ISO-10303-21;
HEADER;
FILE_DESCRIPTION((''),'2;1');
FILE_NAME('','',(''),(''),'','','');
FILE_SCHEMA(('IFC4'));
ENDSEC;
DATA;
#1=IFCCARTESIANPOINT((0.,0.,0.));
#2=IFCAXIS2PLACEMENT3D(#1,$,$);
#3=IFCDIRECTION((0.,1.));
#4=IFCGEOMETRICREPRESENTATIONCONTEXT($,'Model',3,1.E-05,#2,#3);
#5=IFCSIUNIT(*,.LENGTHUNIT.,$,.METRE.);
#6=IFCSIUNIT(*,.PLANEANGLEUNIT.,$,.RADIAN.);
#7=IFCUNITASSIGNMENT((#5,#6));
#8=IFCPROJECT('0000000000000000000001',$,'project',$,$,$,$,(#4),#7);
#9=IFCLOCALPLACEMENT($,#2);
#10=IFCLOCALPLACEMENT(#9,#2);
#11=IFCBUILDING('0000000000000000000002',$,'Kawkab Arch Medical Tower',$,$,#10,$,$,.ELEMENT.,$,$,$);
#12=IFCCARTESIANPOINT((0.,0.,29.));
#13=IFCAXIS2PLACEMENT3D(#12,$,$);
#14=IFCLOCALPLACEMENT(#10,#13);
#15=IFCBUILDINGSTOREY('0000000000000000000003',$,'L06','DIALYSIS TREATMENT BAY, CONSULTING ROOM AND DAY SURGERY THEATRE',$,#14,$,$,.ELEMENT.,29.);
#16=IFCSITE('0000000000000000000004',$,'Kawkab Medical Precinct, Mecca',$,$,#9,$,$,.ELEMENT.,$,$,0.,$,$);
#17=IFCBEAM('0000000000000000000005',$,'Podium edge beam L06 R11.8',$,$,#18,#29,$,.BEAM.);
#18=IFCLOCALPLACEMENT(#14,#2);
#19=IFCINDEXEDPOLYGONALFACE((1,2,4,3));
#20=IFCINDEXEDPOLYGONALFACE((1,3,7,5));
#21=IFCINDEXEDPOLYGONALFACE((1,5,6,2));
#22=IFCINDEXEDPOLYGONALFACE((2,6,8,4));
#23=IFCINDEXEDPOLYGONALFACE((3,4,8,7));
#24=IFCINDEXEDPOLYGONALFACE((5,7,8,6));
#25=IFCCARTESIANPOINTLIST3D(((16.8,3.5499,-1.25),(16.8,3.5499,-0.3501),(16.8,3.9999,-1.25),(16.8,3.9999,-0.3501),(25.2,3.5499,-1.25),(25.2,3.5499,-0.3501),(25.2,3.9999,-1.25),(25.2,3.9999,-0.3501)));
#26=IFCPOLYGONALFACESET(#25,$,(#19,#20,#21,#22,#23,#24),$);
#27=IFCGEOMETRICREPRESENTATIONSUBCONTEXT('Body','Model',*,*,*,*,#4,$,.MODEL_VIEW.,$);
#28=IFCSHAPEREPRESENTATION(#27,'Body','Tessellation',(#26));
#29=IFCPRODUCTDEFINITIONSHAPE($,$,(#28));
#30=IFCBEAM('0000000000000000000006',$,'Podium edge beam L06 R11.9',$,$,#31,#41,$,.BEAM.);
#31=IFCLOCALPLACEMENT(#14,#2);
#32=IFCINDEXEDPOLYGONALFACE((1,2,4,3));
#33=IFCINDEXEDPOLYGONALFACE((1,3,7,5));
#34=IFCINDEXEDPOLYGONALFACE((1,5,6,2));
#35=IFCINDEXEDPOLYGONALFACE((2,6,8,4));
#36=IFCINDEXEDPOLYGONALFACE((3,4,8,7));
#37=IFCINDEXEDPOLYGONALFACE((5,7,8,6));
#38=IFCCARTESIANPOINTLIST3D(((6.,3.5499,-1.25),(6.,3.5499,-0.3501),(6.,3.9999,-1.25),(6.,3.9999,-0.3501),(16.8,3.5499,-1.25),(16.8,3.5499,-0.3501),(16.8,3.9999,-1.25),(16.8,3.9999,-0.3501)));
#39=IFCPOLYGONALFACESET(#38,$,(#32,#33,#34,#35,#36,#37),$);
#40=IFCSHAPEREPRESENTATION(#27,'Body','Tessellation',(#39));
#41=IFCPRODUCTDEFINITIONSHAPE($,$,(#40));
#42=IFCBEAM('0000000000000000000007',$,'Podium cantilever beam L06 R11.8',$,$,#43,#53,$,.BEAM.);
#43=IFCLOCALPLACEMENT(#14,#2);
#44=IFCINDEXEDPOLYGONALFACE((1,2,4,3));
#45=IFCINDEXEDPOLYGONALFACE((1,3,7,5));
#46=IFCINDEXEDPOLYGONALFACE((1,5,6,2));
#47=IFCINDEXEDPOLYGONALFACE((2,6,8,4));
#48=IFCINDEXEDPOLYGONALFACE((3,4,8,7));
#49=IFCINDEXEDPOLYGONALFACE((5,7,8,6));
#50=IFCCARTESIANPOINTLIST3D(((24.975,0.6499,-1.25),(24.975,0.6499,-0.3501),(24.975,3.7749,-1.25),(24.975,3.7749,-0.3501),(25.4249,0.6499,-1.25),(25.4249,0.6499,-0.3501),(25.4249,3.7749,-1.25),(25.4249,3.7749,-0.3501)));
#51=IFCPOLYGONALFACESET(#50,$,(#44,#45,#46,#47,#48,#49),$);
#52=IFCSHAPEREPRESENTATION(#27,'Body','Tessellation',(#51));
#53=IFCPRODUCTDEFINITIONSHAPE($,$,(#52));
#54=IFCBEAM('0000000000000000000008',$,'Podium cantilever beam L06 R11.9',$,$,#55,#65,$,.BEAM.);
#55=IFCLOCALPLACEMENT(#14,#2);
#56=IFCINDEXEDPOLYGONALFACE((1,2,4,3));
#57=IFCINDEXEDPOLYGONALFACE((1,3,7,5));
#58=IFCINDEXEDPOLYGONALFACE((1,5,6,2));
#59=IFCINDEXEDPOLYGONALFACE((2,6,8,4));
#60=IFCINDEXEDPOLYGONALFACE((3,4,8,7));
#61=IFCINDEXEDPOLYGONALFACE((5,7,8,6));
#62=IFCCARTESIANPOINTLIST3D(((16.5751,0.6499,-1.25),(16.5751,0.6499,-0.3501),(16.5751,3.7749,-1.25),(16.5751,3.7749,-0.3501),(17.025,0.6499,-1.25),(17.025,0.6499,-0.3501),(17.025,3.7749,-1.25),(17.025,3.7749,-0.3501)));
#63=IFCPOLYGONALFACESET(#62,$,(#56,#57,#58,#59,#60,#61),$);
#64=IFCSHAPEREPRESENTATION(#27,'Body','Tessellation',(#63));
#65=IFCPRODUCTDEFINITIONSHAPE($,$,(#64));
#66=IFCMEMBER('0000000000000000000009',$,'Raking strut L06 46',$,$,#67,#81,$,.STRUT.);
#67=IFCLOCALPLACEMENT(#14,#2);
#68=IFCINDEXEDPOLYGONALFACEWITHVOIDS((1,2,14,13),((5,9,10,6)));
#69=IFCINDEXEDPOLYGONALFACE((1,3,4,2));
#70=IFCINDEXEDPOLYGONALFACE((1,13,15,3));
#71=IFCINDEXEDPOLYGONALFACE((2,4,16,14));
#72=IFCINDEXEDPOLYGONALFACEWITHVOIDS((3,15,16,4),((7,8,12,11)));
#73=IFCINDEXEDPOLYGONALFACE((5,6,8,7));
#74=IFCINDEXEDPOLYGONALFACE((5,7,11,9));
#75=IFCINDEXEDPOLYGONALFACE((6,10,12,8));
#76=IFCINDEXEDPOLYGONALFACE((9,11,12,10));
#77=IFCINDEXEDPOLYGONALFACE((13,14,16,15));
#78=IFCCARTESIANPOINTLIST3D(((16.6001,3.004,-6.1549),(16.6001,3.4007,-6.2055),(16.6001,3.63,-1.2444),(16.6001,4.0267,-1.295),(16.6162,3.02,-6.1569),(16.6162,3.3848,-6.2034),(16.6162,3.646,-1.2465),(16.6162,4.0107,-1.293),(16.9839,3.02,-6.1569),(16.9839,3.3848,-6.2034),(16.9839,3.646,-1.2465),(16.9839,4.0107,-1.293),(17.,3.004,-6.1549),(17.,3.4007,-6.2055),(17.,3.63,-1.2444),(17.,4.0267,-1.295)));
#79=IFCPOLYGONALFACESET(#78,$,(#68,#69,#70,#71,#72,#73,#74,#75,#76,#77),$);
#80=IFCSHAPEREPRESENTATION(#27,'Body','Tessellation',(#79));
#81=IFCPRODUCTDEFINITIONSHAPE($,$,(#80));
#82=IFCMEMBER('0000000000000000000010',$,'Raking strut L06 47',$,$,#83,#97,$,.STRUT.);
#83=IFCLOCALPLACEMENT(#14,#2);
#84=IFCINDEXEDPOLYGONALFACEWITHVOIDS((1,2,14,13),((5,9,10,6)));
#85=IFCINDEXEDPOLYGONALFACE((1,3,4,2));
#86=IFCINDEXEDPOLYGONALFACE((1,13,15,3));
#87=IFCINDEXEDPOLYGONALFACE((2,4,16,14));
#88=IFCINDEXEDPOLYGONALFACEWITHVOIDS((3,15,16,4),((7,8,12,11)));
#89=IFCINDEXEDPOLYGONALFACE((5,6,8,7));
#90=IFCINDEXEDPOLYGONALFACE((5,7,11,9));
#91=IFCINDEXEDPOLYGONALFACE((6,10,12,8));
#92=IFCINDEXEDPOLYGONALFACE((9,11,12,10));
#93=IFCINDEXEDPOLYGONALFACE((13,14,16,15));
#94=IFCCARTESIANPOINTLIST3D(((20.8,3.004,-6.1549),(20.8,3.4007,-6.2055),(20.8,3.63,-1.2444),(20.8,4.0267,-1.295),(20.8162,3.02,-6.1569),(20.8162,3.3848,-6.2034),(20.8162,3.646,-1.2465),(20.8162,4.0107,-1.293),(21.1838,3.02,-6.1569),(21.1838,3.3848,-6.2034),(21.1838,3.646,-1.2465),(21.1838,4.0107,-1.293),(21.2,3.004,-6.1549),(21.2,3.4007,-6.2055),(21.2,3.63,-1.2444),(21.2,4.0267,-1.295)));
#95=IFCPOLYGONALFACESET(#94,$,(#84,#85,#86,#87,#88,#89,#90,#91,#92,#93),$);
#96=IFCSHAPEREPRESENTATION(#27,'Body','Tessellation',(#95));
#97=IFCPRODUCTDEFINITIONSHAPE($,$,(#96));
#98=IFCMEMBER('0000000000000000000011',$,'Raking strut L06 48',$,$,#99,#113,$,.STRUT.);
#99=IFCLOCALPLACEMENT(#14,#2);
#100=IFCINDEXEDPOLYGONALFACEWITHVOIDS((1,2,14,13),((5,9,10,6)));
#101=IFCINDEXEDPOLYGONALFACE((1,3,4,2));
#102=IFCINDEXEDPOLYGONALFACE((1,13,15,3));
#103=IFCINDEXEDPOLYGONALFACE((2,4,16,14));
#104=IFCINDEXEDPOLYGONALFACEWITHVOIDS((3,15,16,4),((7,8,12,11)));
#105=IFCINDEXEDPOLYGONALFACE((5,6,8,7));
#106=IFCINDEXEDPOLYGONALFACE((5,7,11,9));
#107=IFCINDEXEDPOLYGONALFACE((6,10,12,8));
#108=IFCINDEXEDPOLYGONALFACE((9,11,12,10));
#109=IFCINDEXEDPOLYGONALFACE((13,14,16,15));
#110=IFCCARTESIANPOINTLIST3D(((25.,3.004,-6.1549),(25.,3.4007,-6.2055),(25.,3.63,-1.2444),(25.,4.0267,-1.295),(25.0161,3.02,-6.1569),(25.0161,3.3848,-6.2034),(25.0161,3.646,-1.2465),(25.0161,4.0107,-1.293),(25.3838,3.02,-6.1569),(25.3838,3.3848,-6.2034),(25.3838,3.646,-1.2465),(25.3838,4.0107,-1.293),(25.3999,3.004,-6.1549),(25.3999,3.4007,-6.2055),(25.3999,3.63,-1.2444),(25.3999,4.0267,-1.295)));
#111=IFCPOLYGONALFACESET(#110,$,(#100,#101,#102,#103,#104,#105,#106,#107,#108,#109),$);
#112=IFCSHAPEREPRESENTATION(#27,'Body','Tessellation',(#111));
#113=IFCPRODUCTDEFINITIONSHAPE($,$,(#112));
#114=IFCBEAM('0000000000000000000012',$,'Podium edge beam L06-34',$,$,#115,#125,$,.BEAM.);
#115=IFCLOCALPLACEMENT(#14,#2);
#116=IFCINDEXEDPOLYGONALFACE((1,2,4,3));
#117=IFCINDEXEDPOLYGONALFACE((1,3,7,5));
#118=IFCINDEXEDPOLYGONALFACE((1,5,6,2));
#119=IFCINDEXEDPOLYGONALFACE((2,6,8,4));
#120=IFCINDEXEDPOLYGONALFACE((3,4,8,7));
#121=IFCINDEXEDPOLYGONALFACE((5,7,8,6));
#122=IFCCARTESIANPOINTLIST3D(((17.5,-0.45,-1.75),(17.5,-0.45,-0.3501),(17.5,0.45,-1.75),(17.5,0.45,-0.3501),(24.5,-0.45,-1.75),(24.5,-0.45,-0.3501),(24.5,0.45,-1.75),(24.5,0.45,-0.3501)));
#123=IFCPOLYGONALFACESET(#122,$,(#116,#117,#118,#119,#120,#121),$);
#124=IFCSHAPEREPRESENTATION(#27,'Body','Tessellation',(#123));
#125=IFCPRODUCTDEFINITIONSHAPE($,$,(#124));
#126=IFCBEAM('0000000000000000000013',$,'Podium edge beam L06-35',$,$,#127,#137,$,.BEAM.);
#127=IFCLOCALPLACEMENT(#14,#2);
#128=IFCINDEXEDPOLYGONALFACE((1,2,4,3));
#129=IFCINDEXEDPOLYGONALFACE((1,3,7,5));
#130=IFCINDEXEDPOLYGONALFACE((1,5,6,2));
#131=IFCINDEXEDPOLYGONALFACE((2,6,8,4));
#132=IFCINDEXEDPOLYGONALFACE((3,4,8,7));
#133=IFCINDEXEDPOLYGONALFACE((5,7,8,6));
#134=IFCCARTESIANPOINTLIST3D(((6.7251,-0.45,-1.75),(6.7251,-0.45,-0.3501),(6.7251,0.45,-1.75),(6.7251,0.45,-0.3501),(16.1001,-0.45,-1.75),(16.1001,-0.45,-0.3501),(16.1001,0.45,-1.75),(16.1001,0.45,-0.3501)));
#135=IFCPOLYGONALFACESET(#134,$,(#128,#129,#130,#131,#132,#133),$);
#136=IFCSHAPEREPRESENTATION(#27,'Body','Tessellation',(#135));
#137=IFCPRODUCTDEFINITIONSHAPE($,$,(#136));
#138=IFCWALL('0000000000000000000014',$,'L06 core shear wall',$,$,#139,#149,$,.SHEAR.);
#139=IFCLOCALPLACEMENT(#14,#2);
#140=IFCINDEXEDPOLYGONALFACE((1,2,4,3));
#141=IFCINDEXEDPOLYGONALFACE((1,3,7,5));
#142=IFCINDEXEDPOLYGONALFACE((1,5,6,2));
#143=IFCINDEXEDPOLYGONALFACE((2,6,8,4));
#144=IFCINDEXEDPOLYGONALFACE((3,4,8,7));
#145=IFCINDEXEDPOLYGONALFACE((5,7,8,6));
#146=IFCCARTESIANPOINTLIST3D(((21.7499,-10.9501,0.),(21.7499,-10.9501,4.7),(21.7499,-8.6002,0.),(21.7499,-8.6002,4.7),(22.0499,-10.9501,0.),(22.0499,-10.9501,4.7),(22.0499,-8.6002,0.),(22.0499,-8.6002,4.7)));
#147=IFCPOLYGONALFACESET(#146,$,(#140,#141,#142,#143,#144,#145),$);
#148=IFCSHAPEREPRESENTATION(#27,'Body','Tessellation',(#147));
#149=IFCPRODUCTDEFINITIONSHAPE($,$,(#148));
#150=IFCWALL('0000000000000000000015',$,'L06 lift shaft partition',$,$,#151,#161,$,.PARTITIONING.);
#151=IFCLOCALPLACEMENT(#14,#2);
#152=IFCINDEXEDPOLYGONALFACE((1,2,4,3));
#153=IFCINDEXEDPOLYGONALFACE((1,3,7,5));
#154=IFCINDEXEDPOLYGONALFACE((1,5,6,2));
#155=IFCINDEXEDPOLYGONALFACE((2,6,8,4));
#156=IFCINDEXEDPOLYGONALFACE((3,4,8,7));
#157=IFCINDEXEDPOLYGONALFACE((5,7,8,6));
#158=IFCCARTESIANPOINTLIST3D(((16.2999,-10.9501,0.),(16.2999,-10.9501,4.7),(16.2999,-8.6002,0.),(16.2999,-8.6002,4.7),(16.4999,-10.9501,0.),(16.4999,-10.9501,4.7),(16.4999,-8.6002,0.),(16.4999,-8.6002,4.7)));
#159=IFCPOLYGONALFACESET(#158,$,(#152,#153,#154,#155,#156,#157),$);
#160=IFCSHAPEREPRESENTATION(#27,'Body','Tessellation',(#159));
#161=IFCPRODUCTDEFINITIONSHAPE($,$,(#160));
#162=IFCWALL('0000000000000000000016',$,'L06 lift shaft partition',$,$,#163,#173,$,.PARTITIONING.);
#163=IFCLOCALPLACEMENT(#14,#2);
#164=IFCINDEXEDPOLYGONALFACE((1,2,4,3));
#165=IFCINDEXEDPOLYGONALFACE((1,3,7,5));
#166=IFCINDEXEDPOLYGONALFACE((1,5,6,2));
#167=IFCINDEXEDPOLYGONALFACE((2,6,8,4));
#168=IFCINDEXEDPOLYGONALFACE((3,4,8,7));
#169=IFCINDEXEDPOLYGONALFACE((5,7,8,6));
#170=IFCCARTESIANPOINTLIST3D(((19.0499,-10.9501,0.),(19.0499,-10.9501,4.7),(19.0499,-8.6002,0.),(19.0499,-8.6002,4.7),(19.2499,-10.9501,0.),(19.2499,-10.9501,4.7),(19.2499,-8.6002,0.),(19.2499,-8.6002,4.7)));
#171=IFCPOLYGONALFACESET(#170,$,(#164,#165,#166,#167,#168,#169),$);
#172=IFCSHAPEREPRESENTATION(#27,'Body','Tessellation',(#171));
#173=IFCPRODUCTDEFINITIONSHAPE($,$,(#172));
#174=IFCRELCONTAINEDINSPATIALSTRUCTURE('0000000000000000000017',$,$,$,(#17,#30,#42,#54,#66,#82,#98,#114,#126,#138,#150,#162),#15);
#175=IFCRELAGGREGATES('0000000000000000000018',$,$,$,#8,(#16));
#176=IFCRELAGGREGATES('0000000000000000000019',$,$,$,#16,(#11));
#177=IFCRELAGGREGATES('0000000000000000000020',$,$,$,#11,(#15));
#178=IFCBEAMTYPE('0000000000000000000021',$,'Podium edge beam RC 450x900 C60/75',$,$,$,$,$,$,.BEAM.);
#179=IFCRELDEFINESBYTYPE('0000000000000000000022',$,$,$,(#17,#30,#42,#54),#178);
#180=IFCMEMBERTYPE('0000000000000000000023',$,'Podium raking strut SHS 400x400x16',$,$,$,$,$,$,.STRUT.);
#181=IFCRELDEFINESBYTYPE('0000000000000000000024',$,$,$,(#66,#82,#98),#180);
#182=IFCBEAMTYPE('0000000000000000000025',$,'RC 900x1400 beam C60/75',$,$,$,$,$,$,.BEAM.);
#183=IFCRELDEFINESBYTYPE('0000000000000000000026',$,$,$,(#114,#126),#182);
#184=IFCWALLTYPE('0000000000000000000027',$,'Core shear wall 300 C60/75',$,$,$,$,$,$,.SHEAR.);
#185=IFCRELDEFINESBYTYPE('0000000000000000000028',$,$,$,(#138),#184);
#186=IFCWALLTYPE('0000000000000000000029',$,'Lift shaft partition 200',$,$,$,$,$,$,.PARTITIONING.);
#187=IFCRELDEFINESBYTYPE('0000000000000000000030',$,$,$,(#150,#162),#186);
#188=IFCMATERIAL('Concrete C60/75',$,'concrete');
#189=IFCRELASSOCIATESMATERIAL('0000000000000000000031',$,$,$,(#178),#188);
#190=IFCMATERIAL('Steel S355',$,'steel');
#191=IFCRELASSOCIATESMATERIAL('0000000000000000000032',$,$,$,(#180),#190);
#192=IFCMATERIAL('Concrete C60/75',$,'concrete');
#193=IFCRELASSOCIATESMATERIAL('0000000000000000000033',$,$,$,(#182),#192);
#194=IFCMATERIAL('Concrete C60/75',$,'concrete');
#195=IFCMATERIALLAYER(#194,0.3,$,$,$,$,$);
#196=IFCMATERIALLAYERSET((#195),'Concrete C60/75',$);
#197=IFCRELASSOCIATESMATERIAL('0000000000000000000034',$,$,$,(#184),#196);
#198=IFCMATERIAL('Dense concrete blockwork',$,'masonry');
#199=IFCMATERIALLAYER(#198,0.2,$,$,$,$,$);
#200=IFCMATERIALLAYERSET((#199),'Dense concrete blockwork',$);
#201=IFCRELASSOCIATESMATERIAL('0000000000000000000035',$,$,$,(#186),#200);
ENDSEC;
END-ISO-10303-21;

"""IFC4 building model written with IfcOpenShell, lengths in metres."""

from ifc_helpers import new_model, si_unit, direction, frame, frame_2d, origin, origin_2d, place, context, subcontext, project, spatial, rectangle, hollow_rectangle, extrude, material, layer, layer_set, material_profile, profile_set, type_object, element, save


model = new_model("IFC4")

# Units and contexts
model_context = context("Model", 3, precision=1e-05, world=origin(), true_north=direction((0.0, 1.0)))
body_context = subcontext(model_context, "Body", "Model", "MODEL_VIEW")
ifc_project = project(units=[si_unit("LENGTHUNIT", "METRE"), si_unit("PLANEANGLEUNIT", "RADIAN")], contexts=[model_context])

# Site, building, storey
site_placement = place(None, origin())
site = spatial("IfcSite", under=ifc_project, at=site_placement, Name="Kawkab Medical Precinct, Mecca", CompositionType="ELEMENT", RefElevation=0.0)
building_placement = place(site_placement, origin())
building = spatial("IfcBuilding", under=site, at=building_placement, Name="Kawkab Arch Medical Tower", CompositionType="ELEMENT")
storey_placement = place(building_placement, frame((0.0, 0.0, 29.0)))
storey = spatial("IfcBuildingStorey", under=building, at=storey_placement, Name="L06", Description="DIALYSIS TREATMENT BAY, CONSULTING ROOM AND DAY SURGERY THEATRE", CompositionType="ELEMENT", Elevation=29.0)

# Beams
ifc_material_1 = material(Name="Concrete C60/75", Category="concrete")
ifc_material_profile_1 = material_profile(ifc_material_1, rectangle(XDim=0.45, YDim=0.8999, at=origin_2d()), Name="RC 450x900")
ifc_profile_set_1 = profile_set([ifc_material_profile_1], Name="Concrete C60/75")
beam_type_1 = type_object("IfcBeamType", Name="Podium edge beam RC 450x900 C60/75", PredefinedType="BEAM", material=ifc_profile_set_1)
beam_1_placement = place(storey_placement, frame((25.2, 3.7749, -0.8), z_axis=(-1.0, 0.0, 0.0), x_axis=(0.0, -1.0, 0.0)))
element("IfcBeam", 1, at=beam_1_placement, inside=storey, type_object=beam_type_1, Name="Podium edge beam L06 R11.8", PredefinedType="BEAM", context=body_context, shape_type="SweptSolid", body=[
    extrude(rectangle(XDim=0.45, YDim=0.8999, at=origin_2d()), origin(), (0.0, 0.0, 1.0), 8.3999),
])
beam_2_placement = place(storey_placement, frame((16.8, 3.7749, -0.8), z_axis=(-1.0, 0.0, 0.0), x_axis=(0.0, -1.0, 0.0)))
element("IfcBeam", 2, at=beam_2_placement, inside=storey, type_object=beam_type_1, Name="Podium edge beam L06 R11.9", PredefinedType="BEAM", context=body_context, shape_type="SweptSolid", body=[
    extrude(rectangle(XDim=0.45, YDim=0.8999, at=origin_2d()), origin(), (0.0, 0.0, 1.0), 10.8),
])
for number, where, z_axis, x_axis, name in (
    (3, (25.2, 0.6499, -0.8), (0.0, 1.0, 0.0), (-1.0, 0.0, 0.0), "Podium cantilever beam L06 R11.8"),
    (4, (16.8, 0.6499, -0.8), (0.0, 1.0, 0.0), (-1.0, 0.0, 0.0), "Podium cantilever beam L06 R11.9"),
):
    element("IfcBeam", number, at=place(storey_placement, frame(where, z_axis=z_axis, x_axis=x_axis)), inside=storey, type_object=beam_type_1, Name=name, PredefinedType="BEAM", context=body_context, shape_type="SweptSolid", body=[
        extrude(rectangle(XDim=0.45, YDim=0.8999, at=origin_2d()), origin(), (0.0, 0.0, 1.0), 3.125),
    ])

# Members
ifc_material_2 = material(Name="Steel S355", Category="steel")
ifc_material_profile_2 = material_profile(ifc_material_2, hollow_rectangle(XDim=0.3999, YDim=0.3999, WallThickness=0.0161, at=origin_2d()), Name="SHS 400x400x16")
ifc_profile_set_2 = profile_set([ifc_material_profile_2], Name="Steel S355")
member_type = type_object("IfcMemberType", Name="Podium raking strut SHS 400x400x16", PredefinedType="STRUT", material=ifc_profile_set_2)
for number, where, z_axis, x_axis, name in (
    (5, (16.8, 3.2024, -6.1802), (0.0, 0.126456, 0.991972), (-1.0, 0.0, 0.0), "Raking strut L06 46"),
    (6, (21.0, 3.2024, -6.1802), (0.0, 0.126456, 0.991972), (-1.0, 0.0, 0.0), "Raking strut L06 47"),
    (7, (25.2, 3.2024, -6.1802), (0.0, 0.126456, 0.991972), (-1.0, 0.0, 0.0), "Raking strut L06 48"),
):
    element("IfcMember", number, at=place(storey_placement, frame(where, z_axis=z_axis, x_axis=x_axis)), inside=storey, type_object=member_type, Name=name, PredefinedType="STRUT", context=body_context, shape_type="SweptSolid", body=[
        extrude(hollow_rectangle(XDim=0.3999, YDim=0.3999, WallThickness=0.0161, at=origin_2d()), origin(), (0.0, 0.0, 1.0), 4.9502),
    ])

# Beams
ifc_material_3 = material(Name="Concrete C60/75", Category="concrete")
ifc_material_profile_3 = material_profile(ifc_material_3, rectangle(XDim=0.8999, YDim=1.3999, at=origin_2d()), Name="RC 900x1400")
ifc_profile_set_3 = profile_set([ifc_material_profile_3], Name="Concrete C60/75")
beam_type_2 = type_object("IfcBeamType", Name="RC 900x1400 beam C60/75", PredefinedType="BEAM", material=ifc_profile_set_3)
beam_3_placement = place(storey_placement, frame((24.5, 0.0, -1.05), z_axis=(-1.0, 0.0, 0.0), x_axis=(0.0, -1.0, 0.0)))
element("IfcBeam", 8, at=beam_3_placement, inside=storey, type_object=beam_type_2, Name="Podium edge beam L06-34", PredefinedType="BEAM", context=body_context, shape_type="SweptSolid", body=[
    extrude(rectangle(XDim=0.8999, YDim=1.3999, at=origin_2d()), origin(), (0.0, 0.0, 1.0), 7.0),
])
beam_4_placement = place(storey_placement, frame((16.1001, 0.0, -1.05), z_axis=(-1.0, 0.0, 0.0), x_axis=(0.0, -1.0, 0.0)))
element("IfcBeam", 9, at=beam_4_placement, inside=storey, type_object=beam_type_2, Name="Podium edge beam L06-35", PredefinedType="BEAM", context=body_context, shape_type="SweptSolid", body=[
    extrude(rectangle(XDim=0.8999, YDim=1.3999, at=origin_2d()), origin(), (0.0, 0.0, 1.0), 9.375),
])

# Walls
ifc_material_4 = material(Name="Concrete C60/75", Category="concrete")
ifc_layer_1 = layer(ifc_material_4, 0.3)
ifc_layer_set_1 = layer_set([ifc_layer_1], Name="Concrete C60/75")
wall_type_1 = type_object("IfcWallType", Name="Core shear wall 300 C60/75", PredefinedType="SHEAR", material=ifc_layer_set_1)
wall_1_placement = place(storey_placement, frame((21.8999, -10.95, 0.0), z_axis=(0.0, 0.0, 1.0), x_axis=(0.0, 1.0, 0.0)))
element("IfcWall", 10, at=wall_1_placement, inside=storey, type_object=wall_type_1, Name="L06 core shear wall", PredefinedType="SHEAR", context=body_context, shape_type="SweptSolid", body=[
    extrude(rectangle(XDim=2.3499, YDim=0.3, at=frame_2d((1.1748, 0.0))), origin(), (0.0, 0.0, 1.0), 4.7),
])
ifc_material_5 = material(Name="Dense concrete blockwork", Category="masonry")
ifc_layer_2 = layer(ifc_material_5, 0.2)
ifc_layer_set_2 = layer_set([ifc_layer_2], Name="Dense concrete blockwork")
wall_type_2 = type_object("IfcWallType", Name="Lift shaft partition 200", PredefinedType="PARTITIONING", material=ifc_layer_set_2)
for number, where, z_axis, x_axis, name in (
    (11, (16.3999, -10.95, 0.0), (0.0, 0.0, 1.0), (0.0, 1.0, 0.0), "L06 lift shaft partition"),
    (12, (19.1499, -10.95, 0.0), (0.0, 0.0, 1.0), (0.0, 1.0, 0.0), "L06 lift shaft partition"),
):
    element("IfcWall", number, at=place(storey_placement, frame(where, z_axis=z_axis, x_axis=x_axis)), inside=storey, type_object=wall_type_2, Name=name, PredefinedType="PARTITIONING", context=body_context, shape_type="SweptSolid", body=[
        extrude(rectangle(XDim=2.3499, YDim=0.2, at=frame_2d((1.1748, 0.0))), origin(), (0.0, 0.0, 1.0), 4.7),
    ])

save(model, "model.ifc")
